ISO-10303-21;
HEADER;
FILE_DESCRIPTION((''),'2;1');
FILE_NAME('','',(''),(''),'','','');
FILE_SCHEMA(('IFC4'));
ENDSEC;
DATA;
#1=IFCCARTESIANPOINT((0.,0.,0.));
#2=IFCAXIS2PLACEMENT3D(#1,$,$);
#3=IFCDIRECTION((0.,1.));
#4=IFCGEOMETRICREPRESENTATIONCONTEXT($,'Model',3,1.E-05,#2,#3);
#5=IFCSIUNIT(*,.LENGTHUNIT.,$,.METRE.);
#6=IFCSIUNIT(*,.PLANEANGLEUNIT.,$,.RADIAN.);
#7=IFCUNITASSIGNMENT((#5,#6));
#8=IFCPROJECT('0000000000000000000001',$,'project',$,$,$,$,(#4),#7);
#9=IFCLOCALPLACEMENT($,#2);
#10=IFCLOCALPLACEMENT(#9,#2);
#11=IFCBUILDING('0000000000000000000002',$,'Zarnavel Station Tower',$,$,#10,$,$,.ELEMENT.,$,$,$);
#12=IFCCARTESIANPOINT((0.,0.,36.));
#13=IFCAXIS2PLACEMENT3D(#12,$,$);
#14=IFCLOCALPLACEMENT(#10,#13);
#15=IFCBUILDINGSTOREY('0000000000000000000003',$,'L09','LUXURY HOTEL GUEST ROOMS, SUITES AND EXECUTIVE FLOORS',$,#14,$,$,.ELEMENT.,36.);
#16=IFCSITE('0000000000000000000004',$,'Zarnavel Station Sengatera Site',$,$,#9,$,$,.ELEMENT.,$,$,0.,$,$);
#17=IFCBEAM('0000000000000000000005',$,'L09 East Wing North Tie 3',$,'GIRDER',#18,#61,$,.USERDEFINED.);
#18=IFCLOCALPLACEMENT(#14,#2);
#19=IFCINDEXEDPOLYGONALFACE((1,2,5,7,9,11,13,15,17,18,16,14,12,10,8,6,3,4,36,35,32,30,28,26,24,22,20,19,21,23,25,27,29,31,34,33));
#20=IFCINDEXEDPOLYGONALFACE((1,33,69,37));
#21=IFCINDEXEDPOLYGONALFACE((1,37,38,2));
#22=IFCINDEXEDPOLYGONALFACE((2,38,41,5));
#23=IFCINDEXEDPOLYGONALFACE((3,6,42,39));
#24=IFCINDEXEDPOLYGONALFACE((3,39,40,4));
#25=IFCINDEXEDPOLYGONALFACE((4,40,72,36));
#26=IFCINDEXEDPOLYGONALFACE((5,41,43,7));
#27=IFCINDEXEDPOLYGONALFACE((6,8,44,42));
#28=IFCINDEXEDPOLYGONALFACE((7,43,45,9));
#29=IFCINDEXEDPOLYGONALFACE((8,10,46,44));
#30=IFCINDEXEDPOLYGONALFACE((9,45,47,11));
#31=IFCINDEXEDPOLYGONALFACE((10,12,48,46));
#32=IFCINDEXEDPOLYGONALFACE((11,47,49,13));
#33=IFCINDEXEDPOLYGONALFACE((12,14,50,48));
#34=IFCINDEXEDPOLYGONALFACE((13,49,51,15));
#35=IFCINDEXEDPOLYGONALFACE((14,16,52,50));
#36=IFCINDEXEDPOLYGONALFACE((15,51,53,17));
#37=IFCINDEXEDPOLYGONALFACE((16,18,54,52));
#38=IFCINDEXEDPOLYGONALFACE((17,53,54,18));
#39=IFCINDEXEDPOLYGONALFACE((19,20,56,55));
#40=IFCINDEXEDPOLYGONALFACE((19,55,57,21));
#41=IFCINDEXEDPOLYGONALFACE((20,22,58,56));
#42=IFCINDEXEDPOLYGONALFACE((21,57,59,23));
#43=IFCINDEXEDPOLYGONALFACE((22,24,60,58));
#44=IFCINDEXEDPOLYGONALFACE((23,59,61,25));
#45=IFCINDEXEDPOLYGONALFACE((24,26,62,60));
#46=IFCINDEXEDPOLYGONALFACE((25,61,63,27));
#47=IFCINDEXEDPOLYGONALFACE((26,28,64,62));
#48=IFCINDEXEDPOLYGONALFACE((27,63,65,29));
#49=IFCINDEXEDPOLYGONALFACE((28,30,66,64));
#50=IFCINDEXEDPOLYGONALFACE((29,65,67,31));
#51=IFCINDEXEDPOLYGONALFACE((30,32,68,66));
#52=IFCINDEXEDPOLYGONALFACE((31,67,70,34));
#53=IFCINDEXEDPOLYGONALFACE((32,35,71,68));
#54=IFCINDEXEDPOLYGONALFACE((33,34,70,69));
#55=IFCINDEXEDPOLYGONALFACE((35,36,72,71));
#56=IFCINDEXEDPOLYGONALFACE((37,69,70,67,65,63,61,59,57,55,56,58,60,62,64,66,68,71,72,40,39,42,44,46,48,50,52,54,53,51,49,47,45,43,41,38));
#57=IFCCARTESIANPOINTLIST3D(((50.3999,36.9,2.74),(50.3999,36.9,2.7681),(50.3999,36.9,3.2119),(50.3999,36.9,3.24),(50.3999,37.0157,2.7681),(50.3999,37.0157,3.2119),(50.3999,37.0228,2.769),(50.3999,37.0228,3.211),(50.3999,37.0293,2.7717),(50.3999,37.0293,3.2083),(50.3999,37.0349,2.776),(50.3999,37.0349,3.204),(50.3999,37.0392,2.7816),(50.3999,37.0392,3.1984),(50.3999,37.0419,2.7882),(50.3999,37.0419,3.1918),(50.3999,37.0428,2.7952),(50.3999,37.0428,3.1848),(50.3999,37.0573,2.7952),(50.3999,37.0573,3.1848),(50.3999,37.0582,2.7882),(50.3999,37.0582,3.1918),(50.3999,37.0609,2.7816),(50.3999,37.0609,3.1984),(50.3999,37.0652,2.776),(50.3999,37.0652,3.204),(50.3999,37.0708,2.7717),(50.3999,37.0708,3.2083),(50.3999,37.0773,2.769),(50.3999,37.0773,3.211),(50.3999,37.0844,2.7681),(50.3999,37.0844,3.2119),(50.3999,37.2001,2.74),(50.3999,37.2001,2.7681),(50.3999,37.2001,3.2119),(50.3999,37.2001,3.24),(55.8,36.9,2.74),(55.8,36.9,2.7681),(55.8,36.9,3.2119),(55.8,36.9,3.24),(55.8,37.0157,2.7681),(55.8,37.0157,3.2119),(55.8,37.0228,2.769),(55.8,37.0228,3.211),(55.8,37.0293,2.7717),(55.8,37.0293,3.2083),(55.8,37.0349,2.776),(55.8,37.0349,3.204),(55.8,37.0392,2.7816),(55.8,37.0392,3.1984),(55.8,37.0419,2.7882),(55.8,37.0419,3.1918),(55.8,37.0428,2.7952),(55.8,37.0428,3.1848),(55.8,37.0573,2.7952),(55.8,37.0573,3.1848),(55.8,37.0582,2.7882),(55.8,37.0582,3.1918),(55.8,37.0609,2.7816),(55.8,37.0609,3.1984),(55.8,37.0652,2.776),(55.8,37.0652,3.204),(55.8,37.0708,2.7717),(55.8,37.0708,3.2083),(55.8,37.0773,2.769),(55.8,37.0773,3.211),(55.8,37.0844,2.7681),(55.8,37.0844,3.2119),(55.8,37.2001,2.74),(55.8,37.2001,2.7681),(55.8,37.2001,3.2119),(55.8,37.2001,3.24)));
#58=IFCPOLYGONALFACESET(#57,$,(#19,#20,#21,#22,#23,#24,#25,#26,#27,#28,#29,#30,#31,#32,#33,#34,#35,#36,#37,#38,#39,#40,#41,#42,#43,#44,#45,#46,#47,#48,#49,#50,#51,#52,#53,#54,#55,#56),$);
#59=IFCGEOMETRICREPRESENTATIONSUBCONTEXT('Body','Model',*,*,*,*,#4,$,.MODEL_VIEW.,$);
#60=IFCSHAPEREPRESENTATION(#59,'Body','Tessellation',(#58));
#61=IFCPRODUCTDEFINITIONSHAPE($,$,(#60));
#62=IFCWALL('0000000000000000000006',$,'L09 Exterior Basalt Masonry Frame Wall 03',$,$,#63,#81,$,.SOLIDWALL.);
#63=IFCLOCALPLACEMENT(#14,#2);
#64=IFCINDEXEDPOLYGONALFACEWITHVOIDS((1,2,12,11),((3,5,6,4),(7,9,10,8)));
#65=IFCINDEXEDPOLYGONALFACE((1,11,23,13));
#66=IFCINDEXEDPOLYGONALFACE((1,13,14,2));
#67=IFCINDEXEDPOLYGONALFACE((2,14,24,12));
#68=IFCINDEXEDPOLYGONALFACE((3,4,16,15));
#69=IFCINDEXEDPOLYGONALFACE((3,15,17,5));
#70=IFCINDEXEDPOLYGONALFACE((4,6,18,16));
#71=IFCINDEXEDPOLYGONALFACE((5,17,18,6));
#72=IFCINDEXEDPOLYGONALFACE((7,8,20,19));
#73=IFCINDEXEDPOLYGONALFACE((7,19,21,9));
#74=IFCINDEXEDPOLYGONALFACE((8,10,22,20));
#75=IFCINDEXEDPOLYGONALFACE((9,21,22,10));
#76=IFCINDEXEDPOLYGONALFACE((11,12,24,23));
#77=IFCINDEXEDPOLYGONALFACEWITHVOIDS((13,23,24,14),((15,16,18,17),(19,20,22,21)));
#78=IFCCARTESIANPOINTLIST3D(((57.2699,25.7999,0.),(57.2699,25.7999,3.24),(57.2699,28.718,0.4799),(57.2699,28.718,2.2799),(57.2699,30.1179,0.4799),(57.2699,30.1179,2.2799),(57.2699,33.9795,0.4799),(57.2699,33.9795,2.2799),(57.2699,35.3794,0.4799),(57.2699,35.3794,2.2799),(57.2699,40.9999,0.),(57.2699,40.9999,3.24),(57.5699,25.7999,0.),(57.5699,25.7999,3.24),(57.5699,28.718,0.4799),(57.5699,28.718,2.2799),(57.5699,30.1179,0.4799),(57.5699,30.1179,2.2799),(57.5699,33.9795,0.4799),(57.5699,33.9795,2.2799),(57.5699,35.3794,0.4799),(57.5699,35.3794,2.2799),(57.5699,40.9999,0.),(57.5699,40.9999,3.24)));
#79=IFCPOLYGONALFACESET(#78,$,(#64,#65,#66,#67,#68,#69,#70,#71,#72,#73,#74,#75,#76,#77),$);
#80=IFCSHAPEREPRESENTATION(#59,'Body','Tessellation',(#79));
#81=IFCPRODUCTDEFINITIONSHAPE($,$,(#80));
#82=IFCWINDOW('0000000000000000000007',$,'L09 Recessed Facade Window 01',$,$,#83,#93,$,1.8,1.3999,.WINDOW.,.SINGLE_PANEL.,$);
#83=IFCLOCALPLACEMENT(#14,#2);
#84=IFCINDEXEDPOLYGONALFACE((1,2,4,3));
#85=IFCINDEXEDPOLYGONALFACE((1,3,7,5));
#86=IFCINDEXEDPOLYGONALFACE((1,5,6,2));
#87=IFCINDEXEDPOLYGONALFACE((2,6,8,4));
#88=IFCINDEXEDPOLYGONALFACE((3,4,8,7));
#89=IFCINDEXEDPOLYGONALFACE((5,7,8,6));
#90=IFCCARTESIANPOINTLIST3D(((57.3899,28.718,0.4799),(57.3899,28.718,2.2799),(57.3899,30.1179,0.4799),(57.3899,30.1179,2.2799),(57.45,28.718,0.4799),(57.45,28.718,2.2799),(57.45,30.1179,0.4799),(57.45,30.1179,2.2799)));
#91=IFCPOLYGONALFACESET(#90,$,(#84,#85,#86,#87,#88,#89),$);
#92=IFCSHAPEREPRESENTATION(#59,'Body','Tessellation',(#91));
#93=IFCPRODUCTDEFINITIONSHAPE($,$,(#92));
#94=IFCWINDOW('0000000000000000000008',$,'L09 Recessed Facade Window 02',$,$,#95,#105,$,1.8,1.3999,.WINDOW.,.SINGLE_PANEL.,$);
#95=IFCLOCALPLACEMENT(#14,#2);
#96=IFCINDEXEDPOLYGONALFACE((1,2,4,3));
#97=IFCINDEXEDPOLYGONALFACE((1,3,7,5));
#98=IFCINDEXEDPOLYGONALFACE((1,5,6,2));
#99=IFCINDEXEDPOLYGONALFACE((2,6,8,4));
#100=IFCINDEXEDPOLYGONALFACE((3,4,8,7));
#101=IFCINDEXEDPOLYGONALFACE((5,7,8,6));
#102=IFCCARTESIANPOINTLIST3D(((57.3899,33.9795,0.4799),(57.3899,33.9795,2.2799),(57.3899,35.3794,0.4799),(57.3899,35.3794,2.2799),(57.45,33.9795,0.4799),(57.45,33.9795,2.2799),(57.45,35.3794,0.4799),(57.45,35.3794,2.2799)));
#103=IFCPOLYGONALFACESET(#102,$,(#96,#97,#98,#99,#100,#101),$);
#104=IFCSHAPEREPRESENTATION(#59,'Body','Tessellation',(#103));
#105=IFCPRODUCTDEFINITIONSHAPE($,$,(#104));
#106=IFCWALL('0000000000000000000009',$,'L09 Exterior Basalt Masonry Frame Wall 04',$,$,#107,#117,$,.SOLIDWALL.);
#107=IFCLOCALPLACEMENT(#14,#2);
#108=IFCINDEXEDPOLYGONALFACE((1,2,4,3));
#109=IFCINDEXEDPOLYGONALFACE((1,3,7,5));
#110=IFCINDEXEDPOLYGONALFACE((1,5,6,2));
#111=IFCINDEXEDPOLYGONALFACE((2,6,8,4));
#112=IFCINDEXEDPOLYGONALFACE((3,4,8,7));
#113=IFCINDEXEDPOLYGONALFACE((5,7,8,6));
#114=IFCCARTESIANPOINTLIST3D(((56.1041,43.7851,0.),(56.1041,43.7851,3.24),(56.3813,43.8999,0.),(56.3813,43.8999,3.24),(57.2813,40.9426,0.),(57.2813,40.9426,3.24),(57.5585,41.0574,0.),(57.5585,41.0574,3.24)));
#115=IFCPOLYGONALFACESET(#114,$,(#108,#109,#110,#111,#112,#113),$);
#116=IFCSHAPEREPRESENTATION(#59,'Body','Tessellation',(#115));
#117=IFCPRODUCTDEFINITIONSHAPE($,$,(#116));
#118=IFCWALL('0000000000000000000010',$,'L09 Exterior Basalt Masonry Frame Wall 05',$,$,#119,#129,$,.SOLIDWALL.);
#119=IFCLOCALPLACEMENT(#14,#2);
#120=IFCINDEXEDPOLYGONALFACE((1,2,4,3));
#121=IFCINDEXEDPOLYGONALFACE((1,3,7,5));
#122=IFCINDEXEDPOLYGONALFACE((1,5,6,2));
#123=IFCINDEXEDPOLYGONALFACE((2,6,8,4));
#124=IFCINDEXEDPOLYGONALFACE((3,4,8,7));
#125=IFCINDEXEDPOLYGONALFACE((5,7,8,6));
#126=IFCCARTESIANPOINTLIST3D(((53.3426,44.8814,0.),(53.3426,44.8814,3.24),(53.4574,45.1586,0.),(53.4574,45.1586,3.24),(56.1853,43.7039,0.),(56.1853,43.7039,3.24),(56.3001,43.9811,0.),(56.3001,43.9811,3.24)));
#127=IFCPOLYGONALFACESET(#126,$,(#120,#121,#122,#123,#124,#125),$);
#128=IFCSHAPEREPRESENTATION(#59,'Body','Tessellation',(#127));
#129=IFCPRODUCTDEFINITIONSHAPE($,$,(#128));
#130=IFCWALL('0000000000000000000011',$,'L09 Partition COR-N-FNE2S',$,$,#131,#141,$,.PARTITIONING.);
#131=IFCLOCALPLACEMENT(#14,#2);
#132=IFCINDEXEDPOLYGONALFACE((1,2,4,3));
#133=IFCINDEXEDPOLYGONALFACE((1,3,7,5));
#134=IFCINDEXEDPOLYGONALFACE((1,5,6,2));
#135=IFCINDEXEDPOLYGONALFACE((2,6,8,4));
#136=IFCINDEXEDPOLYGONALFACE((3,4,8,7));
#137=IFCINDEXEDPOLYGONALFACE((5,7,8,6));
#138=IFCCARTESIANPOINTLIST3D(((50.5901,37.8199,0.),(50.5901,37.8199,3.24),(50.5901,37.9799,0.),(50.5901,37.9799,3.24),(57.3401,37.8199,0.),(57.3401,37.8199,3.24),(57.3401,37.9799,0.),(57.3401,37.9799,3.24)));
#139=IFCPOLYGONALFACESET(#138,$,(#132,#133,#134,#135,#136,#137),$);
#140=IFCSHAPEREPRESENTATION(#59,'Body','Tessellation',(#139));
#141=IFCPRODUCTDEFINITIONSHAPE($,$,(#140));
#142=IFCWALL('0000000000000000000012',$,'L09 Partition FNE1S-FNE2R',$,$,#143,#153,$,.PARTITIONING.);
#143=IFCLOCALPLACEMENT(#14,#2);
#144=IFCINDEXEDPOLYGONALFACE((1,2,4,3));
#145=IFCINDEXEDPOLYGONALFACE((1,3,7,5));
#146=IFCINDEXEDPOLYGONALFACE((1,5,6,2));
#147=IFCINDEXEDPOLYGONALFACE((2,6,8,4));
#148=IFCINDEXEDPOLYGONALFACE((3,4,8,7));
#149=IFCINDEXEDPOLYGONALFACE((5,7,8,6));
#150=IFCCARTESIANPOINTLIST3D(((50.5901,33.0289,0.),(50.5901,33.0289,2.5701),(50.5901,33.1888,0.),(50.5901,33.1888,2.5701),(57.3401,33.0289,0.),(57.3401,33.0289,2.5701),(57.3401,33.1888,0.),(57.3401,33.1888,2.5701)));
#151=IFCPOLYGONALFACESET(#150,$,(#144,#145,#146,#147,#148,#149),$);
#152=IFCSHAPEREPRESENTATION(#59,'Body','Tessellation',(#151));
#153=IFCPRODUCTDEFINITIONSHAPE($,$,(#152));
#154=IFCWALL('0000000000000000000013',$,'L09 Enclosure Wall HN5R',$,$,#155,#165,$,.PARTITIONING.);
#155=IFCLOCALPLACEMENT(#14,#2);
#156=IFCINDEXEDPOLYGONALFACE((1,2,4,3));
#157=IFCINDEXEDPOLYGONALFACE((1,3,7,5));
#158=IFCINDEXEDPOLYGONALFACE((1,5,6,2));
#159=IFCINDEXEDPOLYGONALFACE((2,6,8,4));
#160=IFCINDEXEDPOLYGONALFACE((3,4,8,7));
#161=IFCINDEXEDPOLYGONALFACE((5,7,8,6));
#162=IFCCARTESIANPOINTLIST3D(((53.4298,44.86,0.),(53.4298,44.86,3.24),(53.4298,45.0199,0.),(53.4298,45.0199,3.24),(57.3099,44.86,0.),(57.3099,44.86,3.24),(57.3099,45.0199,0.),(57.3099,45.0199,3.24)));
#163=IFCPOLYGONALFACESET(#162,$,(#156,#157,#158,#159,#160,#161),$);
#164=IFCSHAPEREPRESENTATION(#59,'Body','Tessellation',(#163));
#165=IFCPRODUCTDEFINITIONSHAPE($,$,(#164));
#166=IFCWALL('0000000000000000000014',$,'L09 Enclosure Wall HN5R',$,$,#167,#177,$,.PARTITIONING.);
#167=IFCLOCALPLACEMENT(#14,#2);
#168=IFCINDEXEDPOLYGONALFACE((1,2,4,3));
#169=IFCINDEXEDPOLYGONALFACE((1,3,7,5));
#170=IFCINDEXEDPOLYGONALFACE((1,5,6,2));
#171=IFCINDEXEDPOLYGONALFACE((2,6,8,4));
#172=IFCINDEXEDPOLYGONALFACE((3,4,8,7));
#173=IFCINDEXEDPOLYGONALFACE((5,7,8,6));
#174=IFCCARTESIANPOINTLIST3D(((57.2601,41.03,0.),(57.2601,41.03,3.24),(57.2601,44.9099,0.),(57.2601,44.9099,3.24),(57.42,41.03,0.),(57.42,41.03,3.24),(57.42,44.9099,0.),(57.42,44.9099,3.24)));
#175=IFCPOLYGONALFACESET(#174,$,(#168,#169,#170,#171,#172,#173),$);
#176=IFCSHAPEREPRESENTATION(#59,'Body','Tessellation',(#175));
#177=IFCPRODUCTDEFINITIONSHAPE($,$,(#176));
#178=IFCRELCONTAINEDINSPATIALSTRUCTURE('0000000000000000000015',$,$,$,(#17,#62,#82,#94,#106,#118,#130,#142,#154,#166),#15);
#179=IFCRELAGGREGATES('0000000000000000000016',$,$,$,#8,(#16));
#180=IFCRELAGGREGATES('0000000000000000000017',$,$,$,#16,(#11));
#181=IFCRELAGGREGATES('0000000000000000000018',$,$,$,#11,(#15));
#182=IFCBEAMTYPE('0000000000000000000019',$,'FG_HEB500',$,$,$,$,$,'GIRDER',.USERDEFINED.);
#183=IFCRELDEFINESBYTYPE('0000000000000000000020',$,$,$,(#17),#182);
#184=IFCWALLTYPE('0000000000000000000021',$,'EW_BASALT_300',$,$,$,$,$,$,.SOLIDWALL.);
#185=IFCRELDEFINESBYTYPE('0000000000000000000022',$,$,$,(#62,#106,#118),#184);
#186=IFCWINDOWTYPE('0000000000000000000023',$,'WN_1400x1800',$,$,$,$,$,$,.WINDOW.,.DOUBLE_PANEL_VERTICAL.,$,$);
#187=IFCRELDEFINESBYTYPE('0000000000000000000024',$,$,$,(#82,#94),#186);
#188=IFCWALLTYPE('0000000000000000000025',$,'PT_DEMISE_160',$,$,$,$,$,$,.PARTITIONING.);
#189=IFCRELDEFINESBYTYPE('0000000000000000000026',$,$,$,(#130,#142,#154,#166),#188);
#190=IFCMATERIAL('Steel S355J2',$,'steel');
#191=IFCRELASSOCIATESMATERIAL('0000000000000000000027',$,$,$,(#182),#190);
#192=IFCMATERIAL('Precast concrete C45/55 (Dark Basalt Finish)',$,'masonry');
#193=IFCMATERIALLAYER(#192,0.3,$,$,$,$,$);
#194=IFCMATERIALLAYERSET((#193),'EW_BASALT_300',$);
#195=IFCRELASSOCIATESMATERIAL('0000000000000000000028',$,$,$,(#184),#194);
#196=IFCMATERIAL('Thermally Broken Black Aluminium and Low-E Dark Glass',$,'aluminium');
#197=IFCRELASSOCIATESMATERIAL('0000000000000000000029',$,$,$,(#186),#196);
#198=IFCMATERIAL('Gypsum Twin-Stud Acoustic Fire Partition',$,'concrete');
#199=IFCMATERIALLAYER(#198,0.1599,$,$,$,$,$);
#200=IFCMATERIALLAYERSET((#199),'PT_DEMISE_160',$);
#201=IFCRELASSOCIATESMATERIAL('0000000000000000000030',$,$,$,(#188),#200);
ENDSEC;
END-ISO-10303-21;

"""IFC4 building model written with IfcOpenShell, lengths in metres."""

from ifc_helpers import new_model, si_unit, direction, frame, frame_2d, origin, origin_2d, place, context, subcontext, project, spatial, rectangle, i_section, extrude, material, layer, layer_set, material_profile, profile_set, type_object, element, fill, save


model = new_model("IFC4")

# Units and contexts
model_context = context("Model", 3, precision=1e-05, world=origin(), true_north=direction((0.0, 1.0)))
body_context = subcontext(model_context, "Body", "Model", "MODEL_VIEW")
ifc_project = project(units=[si_unit("LENGTHUNIT", "METRE"), si_unit("PLANEANGLEUNIT", "RADIAN")], contexts=[model_context])

# Site, building, storey
site_placement = place(None, origin())
site = spatial("IfcSite", under=ifc_project, at=site_placement, Name="Zarnavel Station Sengatera Site", CompositionType="ELEMENT", RefElevation=0.0)
building_placement = place(site_placement, origin())
building = spatial("IfcBuilding", under=site, at=building_placement, Name="Zarnavel Station Tower", CompositionType="ELEMENT")
storey_placement = place(building_placement, frame((0.0, 0.0, 36.0)))
storey = spatial("IfcBuildingStorey", under=building, at=storey_placement, Name="L09", Description="LUXURY HOTEL GUEST ROOMS, SUITES AND EXECUTIVE FLOORS", CompositionType="ELEMENT", Elevation=36.0)

# Beam
ifc_material_1 = material(Name="Steel S355J2", Category="steel")
ifc_material_profile_1 = material_profile(ifc_material_1, i_section(OverallWidth=0.3, OverallDepth=0.5, WebThickness=0.0144, FlangeThickness=0.0281, FilletRadius=0.0271, at=origin_2d()), Name="HEB500")
ifc_profile_set_1 = profile_set([ifc_material_profile_1], Name="Steel S355J2")
beam_type = type_object("IfcBeamType", Name="FG_HEB500", ElementType="GIRDER", PredefinedType="USERDEFINED", material=ifc_profile_set_1)
beam_1_placement = place(storey_placement, frame((50.3999, 37.05, 2.99), z_axis=(1.0, 0.0, 0.0), x_axis=(0.0, 1.0, 0.0)))
element("IfcBeam", 1, at=beam_1_placement, inside=storey, type_object=beam_type, Name="L09 East Wing North Tie 3", ObjectType="GIRDER", PredefinedType="USERDEFINED", context=body_context, shape_type="SweptSolid", body=[
    extrude(i_section(OverallWidth=0.3, OverallDepth=0.5, WebThickness=0.0144, FlangeThickness=0.0281, FilletRadius=0.0271, at=origin_2d()), origin(), (0.0, 0.0, 1.0), 5.4001),
])

# Wall, openings, windows
ifc_material_2 = material(Name="Precast concrete C45/55 (Dark Basalt Finish)", Category="masonry")
ifc_layer_1 = layer(ifc_material_2, 0.3)
ifc_layer_set_1 = layer_set([ifc_layer_1], Name="EW_BASALT_300")
wall_type_1 = type_object("IfcWallType", Name="EW_BASALT_300", PredefinedType="SOLIDWALL", material=ifc_layer_set_1)
wall_1_placement = place(storey_placement, frame((57.4199, 41.0, 0.0), z_axis=(0.0, 0.0, 1.0), x_axis=(0.0, -1.0, 0.0)))
wall_1 = element("IfcWall", 2, at=wall_1_placement, inside=storey, type_object=wall_type_1, Name="L09 Exterior Basalt Masonry Frame Wall 03", PredefinedType="SOLIDWALL", context=body_context, shape_type="SweptSolid", body=[
    extrude(rectangle(XDim=15.2, YDim=0.3, at=frame_2d((7.6001, 0.0))), origin(), (0.0, 0.0, 1.0), 3.24),
])
opening_1_placement = place(wall_1_placement, frame((10.8821, 0.0, 0.48)))
opening_1 = element("IfcOpeningElement", 3, at=opening_1_placement, cuts=wall_1, PredefinedType="OPENING", context=body_context, shape_type="SweptSolid", body=[
    extrude(rectangle(XDim=1.3999, YDim=1.8, at=frame_2d((0.7, 0.8999))), frame((0.0, 0.1599, 0.0), z_axis=(0.0, -1.0, 0.0), x_axis=(1.0, 0.0, 0.0)), (0.0, 0.0, 1.0), 0.3201),
])
opening_2_placement = place(wall_1_placement, frame((5.6206, 0.0, 0.48)))
opening_2 = element("IfcOpeningElement", 4, at=opening_2_placement, cuts=wall_1, PredefinedType="OPENING", context=body_context, shape_type="SweptSolid", body=[
    extrude(rectangle(XDim=1.3999, YDim=1.8, at=frame_2d((0.7, 0.8999))), frame((0.0, 0.1599, 0.0), z_axis=(0.0, -1.0, 0.0), x_axis=(1.0, 0.0, 0.0)), (0.0, 0.0, 1.0), 0.3201),
])
ifc_material_3 = material(Name="Thermally Broken Black Aluminium and Low-E Dark Glass", Category="aluminium")
window_type = type_object("IfcWindowType", Name="WN_1400x1800", PartitioningType="DOUBLE_PANEL_VERTICAL", PredefinedType="WINDOW", material=ifc_material_3)
window_1_placement = place(opening_1_placement, origin())
window_1 = element("IfcWindow", 5, at=window_1_placement, inside=storey, type_object=window_type, Name="L09 Recessed Facade Window 01", OverallHeight=1.8, OverallWidth=1.3999, PartitioningType="SINGLE_PANEL", PredefinedType="WINDOW", context=body_context, shape_type="SweptSolid", body=[
    extrude(rectangle(XDim=1.3999, YDim=1.8, at=frame_2d((0.7, 0.8999))), frame((0.0, 0.03, 0.0), z_axis=(0.0, -1.0, 0.0), x_axis=(1.0, 0.0, 0.0)), (0.0, 0.0, 1.0), 0.0601),
])
fill(opening_1, window_1)
window_2_placement = place(opening_2_placement, origin())
window_2 = element("IfcWindow", 6, at=window_2_placement, inside=storey, type_object=window_type, Name="L09 Recessed Facade Window 02", OverallHeight=1.8, OverallWidth=1.3999, PartitioningType="SINGLE_PANEL", PredefinedType="WINDOW", context=body_context, shape_type="SweptSolid", body=[
    extrude(rectangle(XDim=1.3999, YDim=1.8, at=frame_2d((0.7, 0.8999))), frame((0.0, 0.03, 0.0), z_axis=(0.0, -1.0, 0.0), x_axis=(1.0, 0.0, 0.0)), (0.0, 0.0, 1.0), 0.0601),
])
fill(opening_2, window_2)

# Walls
wall_2_placement = place(storey_placement, frame((56.2427, 43.8425, 0.0), z_axis=(0.0, 0.0, 1.0), x_axis=(0.382637, -0.923899, 0.0)))
element("IfcWall", 7, at=wall_2_placement, inside=storey, type_object=wall_type_1, Name="L09 Exterior Basalt Masonry Frame Wall 04", PredefinedType="SOLIDWALL", context=body_context, shape_type="SweptSolid", body=[
    extrude(rectangle(XDim=3.0767, YDim=0.3, at=frame_2d((1.5383, 0.0))), origin(), (0.0, 0.0, 1.0), 3.24),
])
wall_3_placement = place(storey_placement, frame((53.3999, 45.02, 0.0), z_axis=(0.0, 0.0, 1.0), x_axis=(0.923882, -0.382676, 0.0)))
element("IfcWall", 8, at=wall_3_placement, inside=storey, type_object=wall_type_1, Name="L09 Exterior Basalt Masonry Frame Wall 05", PredefinedType="SOLIDWALL", context=body_context, shape_type="SweptSolid", body=[
    extrude(rectangle(XDim=3.0769, YDim=0.3, at=frame_2d((1.5386, 0.0))), origin(), (0.0, 0.0, 1.0), 3.24),
])

# Shared definitions
ifc_material_4 = material(Name="Gypsum Twin-Stud Acoustic Fire Partition", Category="concrete")
ifc_layer_2 = layer(ifc_material_4, 0.1599)
ifc_layer_set_2 = layer_set([ifc_layer_2], Name="PT_DEMISE_160")
wall_type_2 = type_object("IfcWallType", Name="PT_DEMISE_160", PredefinedType="PARTITIONING", material=ifc_layer_set_2)

# Walls
wall_4_placement = place(storey_placement, frame((50.5901, 37.8999, 0.0), z_axis=(0.0, 0.0, 1.0), x_axis=(1.0, 0.0, 0.0)))
element("IfcWall", 9, at=wall_4_placement, inside=storey, type_object=wall_type_2, Name="L09 Partition COR-N-FNE2S", PredefinedType="PARTITIONING", context=body_context, shape_type="SweptSolid", body=[
    extrude(rectangle(XDim=6.75, YDim=0.1599, at=frame_2d((3.375, 0.0))), origin(), (0.0, 0.0, 1.0), 3.24),
])
wall_5_placement = place(storey_placement, frame((50.5901, 33.1089, 0.0), z_axis=(0.0, 0.0, 1.0), x_axis=(1.0, 0.0, 0.0)))
element("IfcWall", 10, at=wall_5_placement, inside=storey, type_object=wall_type_2, Name="L09 Partition FNE1S-FNE2R", PredefinedType="PARTITIONING", context=body_context, shape_type="SweptSolid", body=[
    extrude(rectangle(XDim=6.75, YDim=0.1599, at=frame_2d((3.375, 0.0))), origin(), (0.0, 0.0, 1.0), 2.5701),
])
wall_6_placement = place(storey_placement, frame((53.4299, 44.9399, 0.0), z_axis=(0.0, 0.0, 1.0), x_axis=(1.0, 0.0, 0.0)))
element("IfcWall", 11, at=wall_6_placement, inside=storey, type_object=wall_type_2, Name="L09 Enclosure Wall HN5R", PredefinedType="PARTITIONING", context=body_context, shape_type="SweptSolid", body=[
    extrude(rectangle(XDim=3.8801, YDim=0.1599, at=frame_2d((1.9399, 0.0))), origin(), (0.0, 0.0, 1.0), 3.24),
])
wall_7_placement = place(storey_placement, frame((57.3401, 41.03, 0.0), z_axis=(0.0, 0.0, 1.0), x_axis=(0.0, 1.0, 0.0)))
element("IfcWall", 12, at=wall_7_placement, inside=storey, type_object=wall_type_2, Name="L09 Enclosure Wall HN5R", PredefinedType="PARTITIONING", context=body_context, shape_type="SweptSolid", body=[
    extrude(rectangle(XDim=3.8799, YDim=0.1599, at=frame_2d((1.9399, 0.0))), origin(), (0.0, 0.0, 1.0), 3.24),
])

save(model, "model.ifc")
